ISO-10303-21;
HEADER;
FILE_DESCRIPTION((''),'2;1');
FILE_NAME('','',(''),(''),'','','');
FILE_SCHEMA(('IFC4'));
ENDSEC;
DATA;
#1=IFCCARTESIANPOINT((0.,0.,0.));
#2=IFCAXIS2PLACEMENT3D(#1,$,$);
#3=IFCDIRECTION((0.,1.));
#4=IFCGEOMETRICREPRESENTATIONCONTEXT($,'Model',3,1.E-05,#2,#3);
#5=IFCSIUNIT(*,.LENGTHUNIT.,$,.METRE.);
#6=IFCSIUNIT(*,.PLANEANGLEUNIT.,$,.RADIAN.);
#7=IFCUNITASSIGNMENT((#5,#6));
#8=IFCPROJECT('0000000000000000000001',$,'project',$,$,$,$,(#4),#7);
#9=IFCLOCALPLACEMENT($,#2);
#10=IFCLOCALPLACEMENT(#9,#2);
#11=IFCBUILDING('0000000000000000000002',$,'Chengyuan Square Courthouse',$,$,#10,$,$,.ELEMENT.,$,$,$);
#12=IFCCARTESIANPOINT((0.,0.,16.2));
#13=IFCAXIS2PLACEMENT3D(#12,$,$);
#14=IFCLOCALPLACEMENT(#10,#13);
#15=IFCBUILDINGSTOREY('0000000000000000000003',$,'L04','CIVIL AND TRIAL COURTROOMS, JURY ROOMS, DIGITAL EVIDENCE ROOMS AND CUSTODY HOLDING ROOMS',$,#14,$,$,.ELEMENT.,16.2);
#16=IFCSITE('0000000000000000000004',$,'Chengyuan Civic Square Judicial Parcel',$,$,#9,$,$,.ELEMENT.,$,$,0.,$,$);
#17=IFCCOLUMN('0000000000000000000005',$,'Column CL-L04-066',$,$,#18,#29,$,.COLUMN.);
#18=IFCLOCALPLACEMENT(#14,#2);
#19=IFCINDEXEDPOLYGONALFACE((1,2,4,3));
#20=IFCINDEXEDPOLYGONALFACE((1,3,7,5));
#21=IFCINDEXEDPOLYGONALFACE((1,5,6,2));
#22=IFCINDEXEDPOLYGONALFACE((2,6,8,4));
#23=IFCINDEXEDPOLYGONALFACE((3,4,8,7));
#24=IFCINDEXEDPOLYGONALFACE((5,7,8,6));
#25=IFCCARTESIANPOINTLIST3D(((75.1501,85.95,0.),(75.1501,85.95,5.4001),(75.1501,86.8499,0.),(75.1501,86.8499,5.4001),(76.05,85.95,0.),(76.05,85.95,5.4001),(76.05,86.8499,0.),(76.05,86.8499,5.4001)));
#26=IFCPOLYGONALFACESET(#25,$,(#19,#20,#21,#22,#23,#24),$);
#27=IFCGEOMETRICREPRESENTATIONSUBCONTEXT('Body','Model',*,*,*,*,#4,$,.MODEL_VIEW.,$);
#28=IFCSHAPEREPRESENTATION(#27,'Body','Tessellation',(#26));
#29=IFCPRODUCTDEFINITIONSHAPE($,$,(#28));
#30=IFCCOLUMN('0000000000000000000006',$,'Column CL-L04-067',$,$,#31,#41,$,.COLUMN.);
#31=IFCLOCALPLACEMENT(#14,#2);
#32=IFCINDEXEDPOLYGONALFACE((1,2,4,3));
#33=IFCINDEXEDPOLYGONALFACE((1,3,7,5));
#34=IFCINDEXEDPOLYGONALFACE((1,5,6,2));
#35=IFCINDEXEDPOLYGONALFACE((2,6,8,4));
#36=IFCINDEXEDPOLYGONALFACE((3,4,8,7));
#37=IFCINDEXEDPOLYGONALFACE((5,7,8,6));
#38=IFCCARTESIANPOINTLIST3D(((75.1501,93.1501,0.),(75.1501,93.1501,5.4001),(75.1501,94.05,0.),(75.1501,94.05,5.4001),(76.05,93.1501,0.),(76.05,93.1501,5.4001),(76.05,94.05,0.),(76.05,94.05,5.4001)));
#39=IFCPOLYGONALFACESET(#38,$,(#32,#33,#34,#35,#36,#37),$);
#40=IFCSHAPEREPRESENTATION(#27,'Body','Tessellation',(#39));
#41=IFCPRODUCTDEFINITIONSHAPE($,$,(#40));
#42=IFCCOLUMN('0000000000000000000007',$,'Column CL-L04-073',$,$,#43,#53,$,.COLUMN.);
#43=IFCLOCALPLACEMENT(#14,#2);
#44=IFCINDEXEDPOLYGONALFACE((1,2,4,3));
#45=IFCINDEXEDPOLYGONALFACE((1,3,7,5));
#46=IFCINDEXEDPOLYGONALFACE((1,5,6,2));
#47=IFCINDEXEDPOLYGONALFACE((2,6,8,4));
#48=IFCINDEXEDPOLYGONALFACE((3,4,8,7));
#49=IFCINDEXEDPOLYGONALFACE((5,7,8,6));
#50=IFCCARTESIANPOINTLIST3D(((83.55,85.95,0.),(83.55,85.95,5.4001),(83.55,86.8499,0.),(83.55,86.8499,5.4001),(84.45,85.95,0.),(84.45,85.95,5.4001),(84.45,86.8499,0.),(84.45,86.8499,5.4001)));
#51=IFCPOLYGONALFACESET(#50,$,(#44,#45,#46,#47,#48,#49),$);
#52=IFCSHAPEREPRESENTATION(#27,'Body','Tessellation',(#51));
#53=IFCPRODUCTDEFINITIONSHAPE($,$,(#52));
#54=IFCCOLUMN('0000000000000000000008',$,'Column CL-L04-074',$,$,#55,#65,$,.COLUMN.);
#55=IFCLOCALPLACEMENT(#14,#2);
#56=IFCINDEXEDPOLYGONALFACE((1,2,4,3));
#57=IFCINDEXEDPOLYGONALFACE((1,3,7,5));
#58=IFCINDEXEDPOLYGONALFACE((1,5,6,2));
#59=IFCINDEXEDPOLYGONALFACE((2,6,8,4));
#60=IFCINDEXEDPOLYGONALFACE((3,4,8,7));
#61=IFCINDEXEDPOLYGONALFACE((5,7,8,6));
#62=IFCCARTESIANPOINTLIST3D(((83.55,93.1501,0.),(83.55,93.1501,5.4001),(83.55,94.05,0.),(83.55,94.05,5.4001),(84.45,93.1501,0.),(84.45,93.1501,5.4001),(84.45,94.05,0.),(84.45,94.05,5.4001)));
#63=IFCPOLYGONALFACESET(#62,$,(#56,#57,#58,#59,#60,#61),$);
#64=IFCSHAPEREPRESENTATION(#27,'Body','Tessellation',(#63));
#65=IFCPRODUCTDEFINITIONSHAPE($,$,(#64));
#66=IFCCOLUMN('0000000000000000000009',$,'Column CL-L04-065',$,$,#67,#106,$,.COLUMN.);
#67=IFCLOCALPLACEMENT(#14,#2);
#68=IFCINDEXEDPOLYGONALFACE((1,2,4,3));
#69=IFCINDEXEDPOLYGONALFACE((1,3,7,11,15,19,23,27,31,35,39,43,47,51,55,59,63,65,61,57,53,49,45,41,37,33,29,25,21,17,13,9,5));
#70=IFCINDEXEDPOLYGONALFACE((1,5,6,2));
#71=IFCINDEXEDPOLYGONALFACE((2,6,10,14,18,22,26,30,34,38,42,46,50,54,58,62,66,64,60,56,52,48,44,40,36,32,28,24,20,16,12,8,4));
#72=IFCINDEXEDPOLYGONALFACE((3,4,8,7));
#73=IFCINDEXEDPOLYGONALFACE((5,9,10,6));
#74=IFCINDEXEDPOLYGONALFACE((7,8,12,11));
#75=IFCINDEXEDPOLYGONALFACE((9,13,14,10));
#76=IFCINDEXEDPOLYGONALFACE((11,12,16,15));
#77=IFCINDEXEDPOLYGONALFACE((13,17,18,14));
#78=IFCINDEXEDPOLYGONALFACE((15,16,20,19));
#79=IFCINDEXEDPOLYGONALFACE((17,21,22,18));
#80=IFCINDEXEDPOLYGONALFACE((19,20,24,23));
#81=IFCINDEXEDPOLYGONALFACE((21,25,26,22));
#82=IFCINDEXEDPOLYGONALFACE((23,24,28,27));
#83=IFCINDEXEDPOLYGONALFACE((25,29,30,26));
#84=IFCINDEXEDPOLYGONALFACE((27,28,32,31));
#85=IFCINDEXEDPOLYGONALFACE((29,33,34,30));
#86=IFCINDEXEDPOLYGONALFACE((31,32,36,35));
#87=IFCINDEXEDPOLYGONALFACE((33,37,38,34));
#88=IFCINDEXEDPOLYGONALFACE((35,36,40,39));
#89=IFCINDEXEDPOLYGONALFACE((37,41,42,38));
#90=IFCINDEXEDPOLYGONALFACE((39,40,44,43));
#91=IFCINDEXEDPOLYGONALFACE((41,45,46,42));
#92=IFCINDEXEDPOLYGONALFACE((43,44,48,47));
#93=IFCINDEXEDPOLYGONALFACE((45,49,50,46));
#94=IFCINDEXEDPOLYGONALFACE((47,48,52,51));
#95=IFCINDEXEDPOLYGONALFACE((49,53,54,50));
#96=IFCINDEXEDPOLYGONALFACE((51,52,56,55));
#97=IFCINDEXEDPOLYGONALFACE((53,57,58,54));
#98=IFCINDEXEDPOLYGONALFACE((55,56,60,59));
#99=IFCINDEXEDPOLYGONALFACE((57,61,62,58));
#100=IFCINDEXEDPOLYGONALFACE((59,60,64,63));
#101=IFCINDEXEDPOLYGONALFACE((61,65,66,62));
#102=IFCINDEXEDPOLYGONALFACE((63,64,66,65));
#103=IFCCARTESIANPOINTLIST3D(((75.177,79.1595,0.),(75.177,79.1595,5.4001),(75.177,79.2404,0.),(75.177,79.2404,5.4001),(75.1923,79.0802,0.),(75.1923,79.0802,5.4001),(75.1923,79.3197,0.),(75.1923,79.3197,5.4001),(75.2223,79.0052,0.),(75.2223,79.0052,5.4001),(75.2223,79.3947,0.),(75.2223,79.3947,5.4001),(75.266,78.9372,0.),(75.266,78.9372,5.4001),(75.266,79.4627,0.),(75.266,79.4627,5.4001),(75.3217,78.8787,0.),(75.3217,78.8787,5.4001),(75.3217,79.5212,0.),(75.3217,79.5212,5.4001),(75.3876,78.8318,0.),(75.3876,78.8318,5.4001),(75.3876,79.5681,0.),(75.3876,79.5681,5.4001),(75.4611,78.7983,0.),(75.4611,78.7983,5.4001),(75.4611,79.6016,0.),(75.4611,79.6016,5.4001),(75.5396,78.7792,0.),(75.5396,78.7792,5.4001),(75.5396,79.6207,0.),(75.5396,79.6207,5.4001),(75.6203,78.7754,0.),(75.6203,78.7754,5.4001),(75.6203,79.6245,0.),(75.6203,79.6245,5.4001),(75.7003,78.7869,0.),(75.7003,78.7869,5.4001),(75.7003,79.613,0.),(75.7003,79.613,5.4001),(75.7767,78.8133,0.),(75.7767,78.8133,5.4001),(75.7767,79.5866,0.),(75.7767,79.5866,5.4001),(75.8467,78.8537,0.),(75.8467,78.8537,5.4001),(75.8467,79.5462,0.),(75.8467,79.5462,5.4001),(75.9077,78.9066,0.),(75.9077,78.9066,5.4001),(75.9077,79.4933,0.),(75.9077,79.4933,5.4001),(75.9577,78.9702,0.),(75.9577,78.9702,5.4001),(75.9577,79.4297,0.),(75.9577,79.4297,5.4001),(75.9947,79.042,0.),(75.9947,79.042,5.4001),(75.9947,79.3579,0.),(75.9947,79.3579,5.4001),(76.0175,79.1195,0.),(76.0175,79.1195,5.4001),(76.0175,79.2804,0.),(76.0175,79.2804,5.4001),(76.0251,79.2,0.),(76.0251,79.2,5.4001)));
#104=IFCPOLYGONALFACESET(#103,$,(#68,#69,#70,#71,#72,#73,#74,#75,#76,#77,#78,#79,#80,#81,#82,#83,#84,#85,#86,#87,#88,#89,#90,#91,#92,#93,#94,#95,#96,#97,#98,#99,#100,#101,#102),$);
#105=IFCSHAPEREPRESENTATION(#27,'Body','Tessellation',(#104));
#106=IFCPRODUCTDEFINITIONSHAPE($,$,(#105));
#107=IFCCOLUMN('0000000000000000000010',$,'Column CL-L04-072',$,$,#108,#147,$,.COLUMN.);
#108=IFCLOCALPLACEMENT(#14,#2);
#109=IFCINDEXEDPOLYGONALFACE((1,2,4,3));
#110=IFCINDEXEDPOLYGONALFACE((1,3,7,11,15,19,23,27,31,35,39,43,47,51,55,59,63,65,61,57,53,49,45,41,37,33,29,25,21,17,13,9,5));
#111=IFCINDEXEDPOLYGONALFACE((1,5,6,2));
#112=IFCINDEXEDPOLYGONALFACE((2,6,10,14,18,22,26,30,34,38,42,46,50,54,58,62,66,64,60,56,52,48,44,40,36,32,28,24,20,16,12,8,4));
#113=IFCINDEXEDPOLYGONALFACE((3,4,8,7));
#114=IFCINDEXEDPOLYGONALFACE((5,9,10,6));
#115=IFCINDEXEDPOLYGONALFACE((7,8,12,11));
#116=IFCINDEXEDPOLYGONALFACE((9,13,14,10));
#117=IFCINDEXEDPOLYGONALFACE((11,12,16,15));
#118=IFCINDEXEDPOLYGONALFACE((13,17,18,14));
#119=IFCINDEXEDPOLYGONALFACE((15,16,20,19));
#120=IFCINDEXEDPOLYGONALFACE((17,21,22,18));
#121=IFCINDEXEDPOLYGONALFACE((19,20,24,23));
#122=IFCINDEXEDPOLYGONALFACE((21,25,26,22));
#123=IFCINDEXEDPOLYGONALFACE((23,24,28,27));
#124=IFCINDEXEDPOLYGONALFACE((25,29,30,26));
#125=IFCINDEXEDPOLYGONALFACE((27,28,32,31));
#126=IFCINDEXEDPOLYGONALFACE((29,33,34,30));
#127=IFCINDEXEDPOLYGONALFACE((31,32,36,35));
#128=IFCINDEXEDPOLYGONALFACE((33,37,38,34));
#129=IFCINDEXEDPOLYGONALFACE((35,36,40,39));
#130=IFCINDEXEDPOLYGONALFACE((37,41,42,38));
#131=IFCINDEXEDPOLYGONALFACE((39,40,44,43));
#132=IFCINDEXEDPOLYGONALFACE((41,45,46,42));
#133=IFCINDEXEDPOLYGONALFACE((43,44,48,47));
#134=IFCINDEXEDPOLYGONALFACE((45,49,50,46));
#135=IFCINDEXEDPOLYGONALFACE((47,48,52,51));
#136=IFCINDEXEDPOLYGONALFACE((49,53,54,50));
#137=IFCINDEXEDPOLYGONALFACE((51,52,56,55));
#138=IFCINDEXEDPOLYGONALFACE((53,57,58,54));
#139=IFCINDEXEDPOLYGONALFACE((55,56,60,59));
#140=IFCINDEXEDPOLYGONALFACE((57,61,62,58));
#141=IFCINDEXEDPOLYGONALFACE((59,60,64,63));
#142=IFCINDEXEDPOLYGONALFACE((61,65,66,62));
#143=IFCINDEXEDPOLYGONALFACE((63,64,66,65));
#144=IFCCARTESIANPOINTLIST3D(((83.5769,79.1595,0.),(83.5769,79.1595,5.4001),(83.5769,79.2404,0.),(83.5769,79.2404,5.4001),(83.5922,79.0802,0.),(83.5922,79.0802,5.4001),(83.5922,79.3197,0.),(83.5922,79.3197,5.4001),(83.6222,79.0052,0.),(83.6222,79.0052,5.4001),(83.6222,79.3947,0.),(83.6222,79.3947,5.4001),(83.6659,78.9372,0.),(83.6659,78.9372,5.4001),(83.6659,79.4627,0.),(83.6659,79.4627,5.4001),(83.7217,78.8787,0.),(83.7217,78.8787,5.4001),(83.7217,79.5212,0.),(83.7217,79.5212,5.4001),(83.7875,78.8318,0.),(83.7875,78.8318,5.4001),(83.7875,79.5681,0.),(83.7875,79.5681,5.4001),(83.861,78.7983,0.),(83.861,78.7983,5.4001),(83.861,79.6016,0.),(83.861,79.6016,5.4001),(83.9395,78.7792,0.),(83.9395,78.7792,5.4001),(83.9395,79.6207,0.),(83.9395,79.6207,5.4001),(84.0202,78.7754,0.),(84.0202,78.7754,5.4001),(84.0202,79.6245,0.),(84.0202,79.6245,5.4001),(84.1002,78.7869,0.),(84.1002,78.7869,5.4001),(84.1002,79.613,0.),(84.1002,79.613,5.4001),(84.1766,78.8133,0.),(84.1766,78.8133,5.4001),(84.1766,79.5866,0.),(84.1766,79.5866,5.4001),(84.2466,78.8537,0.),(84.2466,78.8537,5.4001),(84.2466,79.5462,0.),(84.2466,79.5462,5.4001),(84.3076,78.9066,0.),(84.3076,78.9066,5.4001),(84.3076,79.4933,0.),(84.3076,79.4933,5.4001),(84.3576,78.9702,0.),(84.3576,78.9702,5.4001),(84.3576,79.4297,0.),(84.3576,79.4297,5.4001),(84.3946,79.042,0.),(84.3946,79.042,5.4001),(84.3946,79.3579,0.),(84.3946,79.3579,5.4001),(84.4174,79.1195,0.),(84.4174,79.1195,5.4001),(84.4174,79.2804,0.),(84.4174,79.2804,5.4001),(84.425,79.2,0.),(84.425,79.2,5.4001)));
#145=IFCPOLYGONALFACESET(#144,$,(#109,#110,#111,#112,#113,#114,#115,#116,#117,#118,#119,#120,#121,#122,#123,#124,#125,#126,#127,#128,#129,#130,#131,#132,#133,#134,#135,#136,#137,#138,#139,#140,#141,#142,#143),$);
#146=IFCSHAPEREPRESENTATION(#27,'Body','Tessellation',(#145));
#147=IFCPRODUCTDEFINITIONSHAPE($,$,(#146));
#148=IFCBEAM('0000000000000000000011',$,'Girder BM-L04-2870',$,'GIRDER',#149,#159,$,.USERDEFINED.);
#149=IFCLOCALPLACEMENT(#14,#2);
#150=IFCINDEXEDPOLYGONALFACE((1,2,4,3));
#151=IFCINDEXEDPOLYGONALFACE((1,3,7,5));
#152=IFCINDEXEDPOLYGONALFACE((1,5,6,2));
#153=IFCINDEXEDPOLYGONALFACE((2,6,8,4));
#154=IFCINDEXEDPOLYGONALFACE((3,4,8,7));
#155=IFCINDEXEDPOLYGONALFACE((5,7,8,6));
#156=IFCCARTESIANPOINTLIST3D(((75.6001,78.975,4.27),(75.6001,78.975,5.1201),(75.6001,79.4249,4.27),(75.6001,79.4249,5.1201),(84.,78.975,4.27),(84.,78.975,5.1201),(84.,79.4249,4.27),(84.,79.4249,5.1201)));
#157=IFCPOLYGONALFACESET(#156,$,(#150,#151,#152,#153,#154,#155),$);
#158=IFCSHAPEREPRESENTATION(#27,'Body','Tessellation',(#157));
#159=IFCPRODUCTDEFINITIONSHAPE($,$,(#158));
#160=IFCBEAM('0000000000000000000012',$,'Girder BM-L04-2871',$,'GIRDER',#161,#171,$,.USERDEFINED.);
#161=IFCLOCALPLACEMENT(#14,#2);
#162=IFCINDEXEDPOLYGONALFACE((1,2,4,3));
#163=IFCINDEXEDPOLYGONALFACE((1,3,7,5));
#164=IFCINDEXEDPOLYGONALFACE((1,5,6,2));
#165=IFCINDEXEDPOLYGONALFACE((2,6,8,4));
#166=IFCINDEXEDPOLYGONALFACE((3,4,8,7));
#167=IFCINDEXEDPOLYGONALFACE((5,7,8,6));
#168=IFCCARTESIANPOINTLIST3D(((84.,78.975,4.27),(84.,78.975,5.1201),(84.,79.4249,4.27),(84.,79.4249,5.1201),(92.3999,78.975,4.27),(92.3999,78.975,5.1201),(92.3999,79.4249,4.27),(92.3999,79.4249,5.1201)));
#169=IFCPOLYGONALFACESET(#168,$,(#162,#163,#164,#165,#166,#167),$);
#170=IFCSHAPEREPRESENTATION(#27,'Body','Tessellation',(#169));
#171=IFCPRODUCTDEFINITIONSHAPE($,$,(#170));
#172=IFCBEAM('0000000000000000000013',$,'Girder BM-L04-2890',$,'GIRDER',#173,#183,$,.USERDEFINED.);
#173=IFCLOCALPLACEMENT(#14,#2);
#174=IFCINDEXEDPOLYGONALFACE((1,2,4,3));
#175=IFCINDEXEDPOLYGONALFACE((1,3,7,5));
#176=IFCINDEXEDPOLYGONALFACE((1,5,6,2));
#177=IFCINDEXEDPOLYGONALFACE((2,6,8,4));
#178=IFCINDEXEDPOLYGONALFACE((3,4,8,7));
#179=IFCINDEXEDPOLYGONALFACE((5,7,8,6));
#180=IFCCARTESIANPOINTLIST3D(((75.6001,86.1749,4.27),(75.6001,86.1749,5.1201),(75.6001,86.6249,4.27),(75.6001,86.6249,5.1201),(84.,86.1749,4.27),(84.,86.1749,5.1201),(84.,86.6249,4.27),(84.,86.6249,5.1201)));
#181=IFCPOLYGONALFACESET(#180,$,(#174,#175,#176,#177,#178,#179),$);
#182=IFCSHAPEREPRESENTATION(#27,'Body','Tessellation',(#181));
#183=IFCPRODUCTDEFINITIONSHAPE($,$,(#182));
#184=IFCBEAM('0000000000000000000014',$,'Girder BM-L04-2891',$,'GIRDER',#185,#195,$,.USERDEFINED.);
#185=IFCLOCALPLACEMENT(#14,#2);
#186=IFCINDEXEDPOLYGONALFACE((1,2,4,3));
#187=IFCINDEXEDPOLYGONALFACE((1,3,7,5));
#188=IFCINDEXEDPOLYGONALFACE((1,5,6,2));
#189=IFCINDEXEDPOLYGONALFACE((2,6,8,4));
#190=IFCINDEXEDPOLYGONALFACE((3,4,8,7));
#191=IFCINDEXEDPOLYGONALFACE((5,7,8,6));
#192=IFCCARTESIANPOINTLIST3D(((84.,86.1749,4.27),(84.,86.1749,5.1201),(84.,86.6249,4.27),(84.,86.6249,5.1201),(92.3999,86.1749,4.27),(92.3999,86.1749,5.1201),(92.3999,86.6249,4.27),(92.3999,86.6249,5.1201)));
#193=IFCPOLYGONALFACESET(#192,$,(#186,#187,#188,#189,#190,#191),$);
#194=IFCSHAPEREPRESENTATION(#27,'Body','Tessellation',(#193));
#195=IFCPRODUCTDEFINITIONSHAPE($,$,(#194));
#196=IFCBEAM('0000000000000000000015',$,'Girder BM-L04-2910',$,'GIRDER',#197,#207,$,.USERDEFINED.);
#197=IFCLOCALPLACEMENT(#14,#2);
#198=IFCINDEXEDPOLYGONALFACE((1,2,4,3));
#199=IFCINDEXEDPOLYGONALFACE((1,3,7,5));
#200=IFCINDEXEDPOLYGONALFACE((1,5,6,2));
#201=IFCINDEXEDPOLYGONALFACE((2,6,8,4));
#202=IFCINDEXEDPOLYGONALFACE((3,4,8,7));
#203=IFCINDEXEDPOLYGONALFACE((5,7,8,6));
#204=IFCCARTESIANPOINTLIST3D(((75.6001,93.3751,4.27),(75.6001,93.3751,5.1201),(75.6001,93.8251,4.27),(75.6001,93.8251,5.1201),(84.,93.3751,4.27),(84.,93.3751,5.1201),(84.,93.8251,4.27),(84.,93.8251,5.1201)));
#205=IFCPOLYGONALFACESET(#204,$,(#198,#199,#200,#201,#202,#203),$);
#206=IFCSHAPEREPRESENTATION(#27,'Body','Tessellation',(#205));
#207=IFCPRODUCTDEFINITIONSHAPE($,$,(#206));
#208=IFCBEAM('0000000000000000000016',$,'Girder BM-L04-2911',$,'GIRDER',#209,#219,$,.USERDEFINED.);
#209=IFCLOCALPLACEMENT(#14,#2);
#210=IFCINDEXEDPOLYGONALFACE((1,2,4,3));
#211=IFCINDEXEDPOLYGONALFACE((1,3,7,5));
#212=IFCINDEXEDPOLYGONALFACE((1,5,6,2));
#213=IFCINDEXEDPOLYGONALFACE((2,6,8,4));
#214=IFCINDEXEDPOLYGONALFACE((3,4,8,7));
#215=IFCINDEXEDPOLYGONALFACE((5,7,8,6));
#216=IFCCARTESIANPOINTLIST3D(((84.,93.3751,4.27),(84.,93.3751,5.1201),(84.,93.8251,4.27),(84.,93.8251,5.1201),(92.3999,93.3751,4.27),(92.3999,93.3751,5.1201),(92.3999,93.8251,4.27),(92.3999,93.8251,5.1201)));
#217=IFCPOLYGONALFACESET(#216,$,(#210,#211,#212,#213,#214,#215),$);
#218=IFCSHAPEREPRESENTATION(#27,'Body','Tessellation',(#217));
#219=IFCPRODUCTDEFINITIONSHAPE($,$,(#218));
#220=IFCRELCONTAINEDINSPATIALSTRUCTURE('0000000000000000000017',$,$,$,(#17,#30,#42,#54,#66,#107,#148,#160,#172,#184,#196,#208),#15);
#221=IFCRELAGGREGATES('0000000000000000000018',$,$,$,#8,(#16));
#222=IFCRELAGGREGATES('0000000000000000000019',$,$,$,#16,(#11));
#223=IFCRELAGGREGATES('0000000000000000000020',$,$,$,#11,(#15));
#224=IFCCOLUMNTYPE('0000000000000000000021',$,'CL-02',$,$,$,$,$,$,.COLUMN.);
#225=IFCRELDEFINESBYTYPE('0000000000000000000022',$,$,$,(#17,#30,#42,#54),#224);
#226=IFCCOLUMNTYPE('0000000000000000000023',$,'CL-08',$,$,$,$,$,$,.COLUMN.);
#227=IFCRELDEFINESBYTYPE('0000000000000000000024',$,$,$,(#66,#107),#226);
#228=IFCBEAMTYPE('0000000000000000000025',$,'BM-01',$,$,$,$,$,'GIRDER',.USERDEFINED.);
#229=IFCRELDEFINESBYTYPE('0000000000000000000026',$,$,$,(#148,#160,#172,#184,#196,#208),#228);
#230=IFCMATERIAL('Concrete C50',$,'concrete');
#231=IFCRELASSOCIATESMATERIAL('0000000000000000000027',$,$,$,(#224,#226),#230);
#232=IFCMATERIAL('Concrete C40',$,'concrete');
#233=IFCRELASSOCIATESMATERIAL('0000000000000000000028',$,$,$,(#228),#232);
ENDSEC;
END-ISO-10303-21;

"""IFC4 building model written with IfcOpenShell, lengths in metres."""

from ifc_helpers import new_model, si_unit, direction, frame, origin, origin_2d, place, context, subcontext, project, spatial, rectangle, circle, extrude, material, material_profile, profile_set, type_object, element, save


model = new_model("IFC4")

# Units and contexts
model_context = context("Model", 3, precision=1e-05, world=origin(), true_north=direction((0.0, 1.0)))
body_context = subcontext(model_context, "Body", "Model", "MODEL_VIEW")
ifc_project = project(units=[si_unit("LENGTHUNIT", "METRE"), si_unit("PLANEANGLEUNIT", "RADIAN")], contexts=[model_context])

# Site, building, storey
site_placement = place(None, origin())
site = spatial("IfcSite", under=ifc_project, at=site_placement, Name="Chengyuan Civic Square Judicial Parcel", CompositionType="ELEMENT", RefElevation=0.0)
building_placement = place(site_placement, origin())
building = spatial("IfcBuilding", under=site, at=building_placement, Name="Chengyuan Square Courthouse", CompositionType="ELEMENT")
storey_placement = place(building_placement, frame((0.0, 0.0, 16.2)))
storey = spatial("IfcBuildingStorey", under=building, at=storey_placement, Name="L04", Description="CIVIL AND TRIAL COURTROOMS, JURY ROOMS, DIGITAL EVIDENCE ROOMS AND CUSTODY HOLDING ROOMS", CompositionType="ELEMENT", Elevation=16.2)

# Columns
ifc_material_1 = material(Name="Concrete C50", Category="concrete")
ifc_material_profile_1 = material_profile(ifc_material_1, rectangle(XDim=0.8999, YDim=0.8999, at=origin_2d()), Name="RC-COL-900x900")
ifc_profile_set_1 = profile_set([ifc_material_profile_1], Name="Concrete C50")
column_type_1 = type_object("IfcColumnType", Name="CL-02", PredefinedType="COLUMN", material=ifc_profile_set_1)
for number, where, z_axis, x_axis, name in (
    (1, (75.6001, 86.3999, 0.0), (0.0, 0.0, 1.0), (1.0, 0.0, 0.0), "Column CL-L04-066"),
    (2, (75.6001, 93.6001, 0.0), (0.0, 0.0, 1.0), (1.0, 0.0, 0.0), "Column CL-L04-067"),
    (3, (84.0, 86.3999, 0.0), (0.0, 0.0, 1.0), (1.0, 0.0, 0.0), "Column CL-L04-073"),
    (4, (84.0, 93.6001, 0.0), (0.0, 0.0, 1.0), (1.0, 0.0, 0.0), "Column CL-L04-074"),
):
    element("IfcColumn", number, at=place(storey_placement, frame(where, z_axis=z_axis, x_axis=x_axis)), inside=storey, type_object=column_type_1, Name=name, PredefinedType="COLUMN", context=body_context, shape_type="SweptSolid", body=[
        extrude(rectangle(XDim=0.8999, YDim=0.8999, at=origin_2d()), origin(), (0.0, 0.0, 1.0), 5.4001),
    ])
ifc_material_profile_2 = material_profile(ifc_material_1, circle(Radius=0.425, at=origin_2d()), Name="RC-COL-D850")
ifc_profile_set_2 = profile_set([ifc_material_profile_2], Name="Concrete C50")
column_type_2 = type_object("IfcColumnType", Name="CL-08", PredefinedType="COLUMN", material=ifc_profile_set_2)
for number, where, z_axis, x_axis, name in (
    (5, (75.6001, 79.2, 0.0), (0.0, 0.0, 1.0), (1.0, 0.0, 0.0), "Column CL-L04-065"),
    (6, (84.0, 79.2, 0.0), (0.0, 0.0, 1.0), (1.0, 0.0, 0.0), "Column CL-L04-072"),
):
    element("IfcColumn", number, at=place(storey_placement, frame(where, z_axis=z_axis, x_axis=x_axis)), inside=storey, type_object=column_type_2, Name=name, PredefinedType="COLUMN", context=body_context, shape_type="SweptSolid", body=[
        extrude(circle(Radius=0.425, at=origin_2d()), origin(), (0.0, 0.0, 1.0), 5.4001),
    ])

# Beams
ifc_material_2 = material(Name="Concrete C40", Category="concrete")
ifc_material_profile_3 = material_profile(ifc_material_2, rectangle(XDim=0.45, YDim=0.8501, at=origin_2d()), Name="RC-BM-450x850")
ifc_profile_set_3 = profile_set([ifc_material_profile_3], Name="Concrete C40")
beam_type_1 = type_object("IfcBeamType", Name="BM-01", ElementType="GIRDER", PredefinedType="USERDEFINED", material=ifc_profile_set_3)
for number, where, z_axis, x_axis, name in (
    (7, (75.6001, 79.2, 4.6951), (1.0, 0.0, 0.0), (0.0, 1.0, 0.0), "Girder BM-L04-2870"),
    (8, (84.0, 79.2, 4.6951), (1.0, 0.0, 0.0), (0.0, 1.0, 0.0), "Girder BM-L04-2871"),
    (9, (75.6001, 86.3999, 4.6951), (1.0, 0.0, 0.0), (0.0, 1.0, 0.0), "Girder BM-L04-2890"),
    (10, (84.0, 86.3999, 4.6951), (1.0, 0.0, 0.0), (0.0, 1.0, 0.0), "Girder BM-L04-2891"),
    (11, (75.6001, 93.6001, 4.6951), (1.0, 0.0, 0.0), (0.0, 1.0, 0.0), "Girder BM-L04-2910"),
    (12, (84.0, 93.6001, 4.6951), (1.0, 0.0, 0.0), (0.0, 1.0, 0.0), "Girder BM-L04-2911"),
):
    element("IfcBeam", number, at=place(storey_placement, frame(where, z_axis=z_axis, x_axis=x_axis)), inside=storey, type_object=beam_type_1, Name=name, ObjectType="GIRDER", PredefinedType="USERDEFINED", context=body_context, shape_type="SweptSolid", body=[
        extrude(rectangle(XDim=0.45, YDim=0.8501, at=origin_2d()), origin(), (0.0, 0.0, 1.0), 8.3999),
    ])

save(model, "model.ifc")
